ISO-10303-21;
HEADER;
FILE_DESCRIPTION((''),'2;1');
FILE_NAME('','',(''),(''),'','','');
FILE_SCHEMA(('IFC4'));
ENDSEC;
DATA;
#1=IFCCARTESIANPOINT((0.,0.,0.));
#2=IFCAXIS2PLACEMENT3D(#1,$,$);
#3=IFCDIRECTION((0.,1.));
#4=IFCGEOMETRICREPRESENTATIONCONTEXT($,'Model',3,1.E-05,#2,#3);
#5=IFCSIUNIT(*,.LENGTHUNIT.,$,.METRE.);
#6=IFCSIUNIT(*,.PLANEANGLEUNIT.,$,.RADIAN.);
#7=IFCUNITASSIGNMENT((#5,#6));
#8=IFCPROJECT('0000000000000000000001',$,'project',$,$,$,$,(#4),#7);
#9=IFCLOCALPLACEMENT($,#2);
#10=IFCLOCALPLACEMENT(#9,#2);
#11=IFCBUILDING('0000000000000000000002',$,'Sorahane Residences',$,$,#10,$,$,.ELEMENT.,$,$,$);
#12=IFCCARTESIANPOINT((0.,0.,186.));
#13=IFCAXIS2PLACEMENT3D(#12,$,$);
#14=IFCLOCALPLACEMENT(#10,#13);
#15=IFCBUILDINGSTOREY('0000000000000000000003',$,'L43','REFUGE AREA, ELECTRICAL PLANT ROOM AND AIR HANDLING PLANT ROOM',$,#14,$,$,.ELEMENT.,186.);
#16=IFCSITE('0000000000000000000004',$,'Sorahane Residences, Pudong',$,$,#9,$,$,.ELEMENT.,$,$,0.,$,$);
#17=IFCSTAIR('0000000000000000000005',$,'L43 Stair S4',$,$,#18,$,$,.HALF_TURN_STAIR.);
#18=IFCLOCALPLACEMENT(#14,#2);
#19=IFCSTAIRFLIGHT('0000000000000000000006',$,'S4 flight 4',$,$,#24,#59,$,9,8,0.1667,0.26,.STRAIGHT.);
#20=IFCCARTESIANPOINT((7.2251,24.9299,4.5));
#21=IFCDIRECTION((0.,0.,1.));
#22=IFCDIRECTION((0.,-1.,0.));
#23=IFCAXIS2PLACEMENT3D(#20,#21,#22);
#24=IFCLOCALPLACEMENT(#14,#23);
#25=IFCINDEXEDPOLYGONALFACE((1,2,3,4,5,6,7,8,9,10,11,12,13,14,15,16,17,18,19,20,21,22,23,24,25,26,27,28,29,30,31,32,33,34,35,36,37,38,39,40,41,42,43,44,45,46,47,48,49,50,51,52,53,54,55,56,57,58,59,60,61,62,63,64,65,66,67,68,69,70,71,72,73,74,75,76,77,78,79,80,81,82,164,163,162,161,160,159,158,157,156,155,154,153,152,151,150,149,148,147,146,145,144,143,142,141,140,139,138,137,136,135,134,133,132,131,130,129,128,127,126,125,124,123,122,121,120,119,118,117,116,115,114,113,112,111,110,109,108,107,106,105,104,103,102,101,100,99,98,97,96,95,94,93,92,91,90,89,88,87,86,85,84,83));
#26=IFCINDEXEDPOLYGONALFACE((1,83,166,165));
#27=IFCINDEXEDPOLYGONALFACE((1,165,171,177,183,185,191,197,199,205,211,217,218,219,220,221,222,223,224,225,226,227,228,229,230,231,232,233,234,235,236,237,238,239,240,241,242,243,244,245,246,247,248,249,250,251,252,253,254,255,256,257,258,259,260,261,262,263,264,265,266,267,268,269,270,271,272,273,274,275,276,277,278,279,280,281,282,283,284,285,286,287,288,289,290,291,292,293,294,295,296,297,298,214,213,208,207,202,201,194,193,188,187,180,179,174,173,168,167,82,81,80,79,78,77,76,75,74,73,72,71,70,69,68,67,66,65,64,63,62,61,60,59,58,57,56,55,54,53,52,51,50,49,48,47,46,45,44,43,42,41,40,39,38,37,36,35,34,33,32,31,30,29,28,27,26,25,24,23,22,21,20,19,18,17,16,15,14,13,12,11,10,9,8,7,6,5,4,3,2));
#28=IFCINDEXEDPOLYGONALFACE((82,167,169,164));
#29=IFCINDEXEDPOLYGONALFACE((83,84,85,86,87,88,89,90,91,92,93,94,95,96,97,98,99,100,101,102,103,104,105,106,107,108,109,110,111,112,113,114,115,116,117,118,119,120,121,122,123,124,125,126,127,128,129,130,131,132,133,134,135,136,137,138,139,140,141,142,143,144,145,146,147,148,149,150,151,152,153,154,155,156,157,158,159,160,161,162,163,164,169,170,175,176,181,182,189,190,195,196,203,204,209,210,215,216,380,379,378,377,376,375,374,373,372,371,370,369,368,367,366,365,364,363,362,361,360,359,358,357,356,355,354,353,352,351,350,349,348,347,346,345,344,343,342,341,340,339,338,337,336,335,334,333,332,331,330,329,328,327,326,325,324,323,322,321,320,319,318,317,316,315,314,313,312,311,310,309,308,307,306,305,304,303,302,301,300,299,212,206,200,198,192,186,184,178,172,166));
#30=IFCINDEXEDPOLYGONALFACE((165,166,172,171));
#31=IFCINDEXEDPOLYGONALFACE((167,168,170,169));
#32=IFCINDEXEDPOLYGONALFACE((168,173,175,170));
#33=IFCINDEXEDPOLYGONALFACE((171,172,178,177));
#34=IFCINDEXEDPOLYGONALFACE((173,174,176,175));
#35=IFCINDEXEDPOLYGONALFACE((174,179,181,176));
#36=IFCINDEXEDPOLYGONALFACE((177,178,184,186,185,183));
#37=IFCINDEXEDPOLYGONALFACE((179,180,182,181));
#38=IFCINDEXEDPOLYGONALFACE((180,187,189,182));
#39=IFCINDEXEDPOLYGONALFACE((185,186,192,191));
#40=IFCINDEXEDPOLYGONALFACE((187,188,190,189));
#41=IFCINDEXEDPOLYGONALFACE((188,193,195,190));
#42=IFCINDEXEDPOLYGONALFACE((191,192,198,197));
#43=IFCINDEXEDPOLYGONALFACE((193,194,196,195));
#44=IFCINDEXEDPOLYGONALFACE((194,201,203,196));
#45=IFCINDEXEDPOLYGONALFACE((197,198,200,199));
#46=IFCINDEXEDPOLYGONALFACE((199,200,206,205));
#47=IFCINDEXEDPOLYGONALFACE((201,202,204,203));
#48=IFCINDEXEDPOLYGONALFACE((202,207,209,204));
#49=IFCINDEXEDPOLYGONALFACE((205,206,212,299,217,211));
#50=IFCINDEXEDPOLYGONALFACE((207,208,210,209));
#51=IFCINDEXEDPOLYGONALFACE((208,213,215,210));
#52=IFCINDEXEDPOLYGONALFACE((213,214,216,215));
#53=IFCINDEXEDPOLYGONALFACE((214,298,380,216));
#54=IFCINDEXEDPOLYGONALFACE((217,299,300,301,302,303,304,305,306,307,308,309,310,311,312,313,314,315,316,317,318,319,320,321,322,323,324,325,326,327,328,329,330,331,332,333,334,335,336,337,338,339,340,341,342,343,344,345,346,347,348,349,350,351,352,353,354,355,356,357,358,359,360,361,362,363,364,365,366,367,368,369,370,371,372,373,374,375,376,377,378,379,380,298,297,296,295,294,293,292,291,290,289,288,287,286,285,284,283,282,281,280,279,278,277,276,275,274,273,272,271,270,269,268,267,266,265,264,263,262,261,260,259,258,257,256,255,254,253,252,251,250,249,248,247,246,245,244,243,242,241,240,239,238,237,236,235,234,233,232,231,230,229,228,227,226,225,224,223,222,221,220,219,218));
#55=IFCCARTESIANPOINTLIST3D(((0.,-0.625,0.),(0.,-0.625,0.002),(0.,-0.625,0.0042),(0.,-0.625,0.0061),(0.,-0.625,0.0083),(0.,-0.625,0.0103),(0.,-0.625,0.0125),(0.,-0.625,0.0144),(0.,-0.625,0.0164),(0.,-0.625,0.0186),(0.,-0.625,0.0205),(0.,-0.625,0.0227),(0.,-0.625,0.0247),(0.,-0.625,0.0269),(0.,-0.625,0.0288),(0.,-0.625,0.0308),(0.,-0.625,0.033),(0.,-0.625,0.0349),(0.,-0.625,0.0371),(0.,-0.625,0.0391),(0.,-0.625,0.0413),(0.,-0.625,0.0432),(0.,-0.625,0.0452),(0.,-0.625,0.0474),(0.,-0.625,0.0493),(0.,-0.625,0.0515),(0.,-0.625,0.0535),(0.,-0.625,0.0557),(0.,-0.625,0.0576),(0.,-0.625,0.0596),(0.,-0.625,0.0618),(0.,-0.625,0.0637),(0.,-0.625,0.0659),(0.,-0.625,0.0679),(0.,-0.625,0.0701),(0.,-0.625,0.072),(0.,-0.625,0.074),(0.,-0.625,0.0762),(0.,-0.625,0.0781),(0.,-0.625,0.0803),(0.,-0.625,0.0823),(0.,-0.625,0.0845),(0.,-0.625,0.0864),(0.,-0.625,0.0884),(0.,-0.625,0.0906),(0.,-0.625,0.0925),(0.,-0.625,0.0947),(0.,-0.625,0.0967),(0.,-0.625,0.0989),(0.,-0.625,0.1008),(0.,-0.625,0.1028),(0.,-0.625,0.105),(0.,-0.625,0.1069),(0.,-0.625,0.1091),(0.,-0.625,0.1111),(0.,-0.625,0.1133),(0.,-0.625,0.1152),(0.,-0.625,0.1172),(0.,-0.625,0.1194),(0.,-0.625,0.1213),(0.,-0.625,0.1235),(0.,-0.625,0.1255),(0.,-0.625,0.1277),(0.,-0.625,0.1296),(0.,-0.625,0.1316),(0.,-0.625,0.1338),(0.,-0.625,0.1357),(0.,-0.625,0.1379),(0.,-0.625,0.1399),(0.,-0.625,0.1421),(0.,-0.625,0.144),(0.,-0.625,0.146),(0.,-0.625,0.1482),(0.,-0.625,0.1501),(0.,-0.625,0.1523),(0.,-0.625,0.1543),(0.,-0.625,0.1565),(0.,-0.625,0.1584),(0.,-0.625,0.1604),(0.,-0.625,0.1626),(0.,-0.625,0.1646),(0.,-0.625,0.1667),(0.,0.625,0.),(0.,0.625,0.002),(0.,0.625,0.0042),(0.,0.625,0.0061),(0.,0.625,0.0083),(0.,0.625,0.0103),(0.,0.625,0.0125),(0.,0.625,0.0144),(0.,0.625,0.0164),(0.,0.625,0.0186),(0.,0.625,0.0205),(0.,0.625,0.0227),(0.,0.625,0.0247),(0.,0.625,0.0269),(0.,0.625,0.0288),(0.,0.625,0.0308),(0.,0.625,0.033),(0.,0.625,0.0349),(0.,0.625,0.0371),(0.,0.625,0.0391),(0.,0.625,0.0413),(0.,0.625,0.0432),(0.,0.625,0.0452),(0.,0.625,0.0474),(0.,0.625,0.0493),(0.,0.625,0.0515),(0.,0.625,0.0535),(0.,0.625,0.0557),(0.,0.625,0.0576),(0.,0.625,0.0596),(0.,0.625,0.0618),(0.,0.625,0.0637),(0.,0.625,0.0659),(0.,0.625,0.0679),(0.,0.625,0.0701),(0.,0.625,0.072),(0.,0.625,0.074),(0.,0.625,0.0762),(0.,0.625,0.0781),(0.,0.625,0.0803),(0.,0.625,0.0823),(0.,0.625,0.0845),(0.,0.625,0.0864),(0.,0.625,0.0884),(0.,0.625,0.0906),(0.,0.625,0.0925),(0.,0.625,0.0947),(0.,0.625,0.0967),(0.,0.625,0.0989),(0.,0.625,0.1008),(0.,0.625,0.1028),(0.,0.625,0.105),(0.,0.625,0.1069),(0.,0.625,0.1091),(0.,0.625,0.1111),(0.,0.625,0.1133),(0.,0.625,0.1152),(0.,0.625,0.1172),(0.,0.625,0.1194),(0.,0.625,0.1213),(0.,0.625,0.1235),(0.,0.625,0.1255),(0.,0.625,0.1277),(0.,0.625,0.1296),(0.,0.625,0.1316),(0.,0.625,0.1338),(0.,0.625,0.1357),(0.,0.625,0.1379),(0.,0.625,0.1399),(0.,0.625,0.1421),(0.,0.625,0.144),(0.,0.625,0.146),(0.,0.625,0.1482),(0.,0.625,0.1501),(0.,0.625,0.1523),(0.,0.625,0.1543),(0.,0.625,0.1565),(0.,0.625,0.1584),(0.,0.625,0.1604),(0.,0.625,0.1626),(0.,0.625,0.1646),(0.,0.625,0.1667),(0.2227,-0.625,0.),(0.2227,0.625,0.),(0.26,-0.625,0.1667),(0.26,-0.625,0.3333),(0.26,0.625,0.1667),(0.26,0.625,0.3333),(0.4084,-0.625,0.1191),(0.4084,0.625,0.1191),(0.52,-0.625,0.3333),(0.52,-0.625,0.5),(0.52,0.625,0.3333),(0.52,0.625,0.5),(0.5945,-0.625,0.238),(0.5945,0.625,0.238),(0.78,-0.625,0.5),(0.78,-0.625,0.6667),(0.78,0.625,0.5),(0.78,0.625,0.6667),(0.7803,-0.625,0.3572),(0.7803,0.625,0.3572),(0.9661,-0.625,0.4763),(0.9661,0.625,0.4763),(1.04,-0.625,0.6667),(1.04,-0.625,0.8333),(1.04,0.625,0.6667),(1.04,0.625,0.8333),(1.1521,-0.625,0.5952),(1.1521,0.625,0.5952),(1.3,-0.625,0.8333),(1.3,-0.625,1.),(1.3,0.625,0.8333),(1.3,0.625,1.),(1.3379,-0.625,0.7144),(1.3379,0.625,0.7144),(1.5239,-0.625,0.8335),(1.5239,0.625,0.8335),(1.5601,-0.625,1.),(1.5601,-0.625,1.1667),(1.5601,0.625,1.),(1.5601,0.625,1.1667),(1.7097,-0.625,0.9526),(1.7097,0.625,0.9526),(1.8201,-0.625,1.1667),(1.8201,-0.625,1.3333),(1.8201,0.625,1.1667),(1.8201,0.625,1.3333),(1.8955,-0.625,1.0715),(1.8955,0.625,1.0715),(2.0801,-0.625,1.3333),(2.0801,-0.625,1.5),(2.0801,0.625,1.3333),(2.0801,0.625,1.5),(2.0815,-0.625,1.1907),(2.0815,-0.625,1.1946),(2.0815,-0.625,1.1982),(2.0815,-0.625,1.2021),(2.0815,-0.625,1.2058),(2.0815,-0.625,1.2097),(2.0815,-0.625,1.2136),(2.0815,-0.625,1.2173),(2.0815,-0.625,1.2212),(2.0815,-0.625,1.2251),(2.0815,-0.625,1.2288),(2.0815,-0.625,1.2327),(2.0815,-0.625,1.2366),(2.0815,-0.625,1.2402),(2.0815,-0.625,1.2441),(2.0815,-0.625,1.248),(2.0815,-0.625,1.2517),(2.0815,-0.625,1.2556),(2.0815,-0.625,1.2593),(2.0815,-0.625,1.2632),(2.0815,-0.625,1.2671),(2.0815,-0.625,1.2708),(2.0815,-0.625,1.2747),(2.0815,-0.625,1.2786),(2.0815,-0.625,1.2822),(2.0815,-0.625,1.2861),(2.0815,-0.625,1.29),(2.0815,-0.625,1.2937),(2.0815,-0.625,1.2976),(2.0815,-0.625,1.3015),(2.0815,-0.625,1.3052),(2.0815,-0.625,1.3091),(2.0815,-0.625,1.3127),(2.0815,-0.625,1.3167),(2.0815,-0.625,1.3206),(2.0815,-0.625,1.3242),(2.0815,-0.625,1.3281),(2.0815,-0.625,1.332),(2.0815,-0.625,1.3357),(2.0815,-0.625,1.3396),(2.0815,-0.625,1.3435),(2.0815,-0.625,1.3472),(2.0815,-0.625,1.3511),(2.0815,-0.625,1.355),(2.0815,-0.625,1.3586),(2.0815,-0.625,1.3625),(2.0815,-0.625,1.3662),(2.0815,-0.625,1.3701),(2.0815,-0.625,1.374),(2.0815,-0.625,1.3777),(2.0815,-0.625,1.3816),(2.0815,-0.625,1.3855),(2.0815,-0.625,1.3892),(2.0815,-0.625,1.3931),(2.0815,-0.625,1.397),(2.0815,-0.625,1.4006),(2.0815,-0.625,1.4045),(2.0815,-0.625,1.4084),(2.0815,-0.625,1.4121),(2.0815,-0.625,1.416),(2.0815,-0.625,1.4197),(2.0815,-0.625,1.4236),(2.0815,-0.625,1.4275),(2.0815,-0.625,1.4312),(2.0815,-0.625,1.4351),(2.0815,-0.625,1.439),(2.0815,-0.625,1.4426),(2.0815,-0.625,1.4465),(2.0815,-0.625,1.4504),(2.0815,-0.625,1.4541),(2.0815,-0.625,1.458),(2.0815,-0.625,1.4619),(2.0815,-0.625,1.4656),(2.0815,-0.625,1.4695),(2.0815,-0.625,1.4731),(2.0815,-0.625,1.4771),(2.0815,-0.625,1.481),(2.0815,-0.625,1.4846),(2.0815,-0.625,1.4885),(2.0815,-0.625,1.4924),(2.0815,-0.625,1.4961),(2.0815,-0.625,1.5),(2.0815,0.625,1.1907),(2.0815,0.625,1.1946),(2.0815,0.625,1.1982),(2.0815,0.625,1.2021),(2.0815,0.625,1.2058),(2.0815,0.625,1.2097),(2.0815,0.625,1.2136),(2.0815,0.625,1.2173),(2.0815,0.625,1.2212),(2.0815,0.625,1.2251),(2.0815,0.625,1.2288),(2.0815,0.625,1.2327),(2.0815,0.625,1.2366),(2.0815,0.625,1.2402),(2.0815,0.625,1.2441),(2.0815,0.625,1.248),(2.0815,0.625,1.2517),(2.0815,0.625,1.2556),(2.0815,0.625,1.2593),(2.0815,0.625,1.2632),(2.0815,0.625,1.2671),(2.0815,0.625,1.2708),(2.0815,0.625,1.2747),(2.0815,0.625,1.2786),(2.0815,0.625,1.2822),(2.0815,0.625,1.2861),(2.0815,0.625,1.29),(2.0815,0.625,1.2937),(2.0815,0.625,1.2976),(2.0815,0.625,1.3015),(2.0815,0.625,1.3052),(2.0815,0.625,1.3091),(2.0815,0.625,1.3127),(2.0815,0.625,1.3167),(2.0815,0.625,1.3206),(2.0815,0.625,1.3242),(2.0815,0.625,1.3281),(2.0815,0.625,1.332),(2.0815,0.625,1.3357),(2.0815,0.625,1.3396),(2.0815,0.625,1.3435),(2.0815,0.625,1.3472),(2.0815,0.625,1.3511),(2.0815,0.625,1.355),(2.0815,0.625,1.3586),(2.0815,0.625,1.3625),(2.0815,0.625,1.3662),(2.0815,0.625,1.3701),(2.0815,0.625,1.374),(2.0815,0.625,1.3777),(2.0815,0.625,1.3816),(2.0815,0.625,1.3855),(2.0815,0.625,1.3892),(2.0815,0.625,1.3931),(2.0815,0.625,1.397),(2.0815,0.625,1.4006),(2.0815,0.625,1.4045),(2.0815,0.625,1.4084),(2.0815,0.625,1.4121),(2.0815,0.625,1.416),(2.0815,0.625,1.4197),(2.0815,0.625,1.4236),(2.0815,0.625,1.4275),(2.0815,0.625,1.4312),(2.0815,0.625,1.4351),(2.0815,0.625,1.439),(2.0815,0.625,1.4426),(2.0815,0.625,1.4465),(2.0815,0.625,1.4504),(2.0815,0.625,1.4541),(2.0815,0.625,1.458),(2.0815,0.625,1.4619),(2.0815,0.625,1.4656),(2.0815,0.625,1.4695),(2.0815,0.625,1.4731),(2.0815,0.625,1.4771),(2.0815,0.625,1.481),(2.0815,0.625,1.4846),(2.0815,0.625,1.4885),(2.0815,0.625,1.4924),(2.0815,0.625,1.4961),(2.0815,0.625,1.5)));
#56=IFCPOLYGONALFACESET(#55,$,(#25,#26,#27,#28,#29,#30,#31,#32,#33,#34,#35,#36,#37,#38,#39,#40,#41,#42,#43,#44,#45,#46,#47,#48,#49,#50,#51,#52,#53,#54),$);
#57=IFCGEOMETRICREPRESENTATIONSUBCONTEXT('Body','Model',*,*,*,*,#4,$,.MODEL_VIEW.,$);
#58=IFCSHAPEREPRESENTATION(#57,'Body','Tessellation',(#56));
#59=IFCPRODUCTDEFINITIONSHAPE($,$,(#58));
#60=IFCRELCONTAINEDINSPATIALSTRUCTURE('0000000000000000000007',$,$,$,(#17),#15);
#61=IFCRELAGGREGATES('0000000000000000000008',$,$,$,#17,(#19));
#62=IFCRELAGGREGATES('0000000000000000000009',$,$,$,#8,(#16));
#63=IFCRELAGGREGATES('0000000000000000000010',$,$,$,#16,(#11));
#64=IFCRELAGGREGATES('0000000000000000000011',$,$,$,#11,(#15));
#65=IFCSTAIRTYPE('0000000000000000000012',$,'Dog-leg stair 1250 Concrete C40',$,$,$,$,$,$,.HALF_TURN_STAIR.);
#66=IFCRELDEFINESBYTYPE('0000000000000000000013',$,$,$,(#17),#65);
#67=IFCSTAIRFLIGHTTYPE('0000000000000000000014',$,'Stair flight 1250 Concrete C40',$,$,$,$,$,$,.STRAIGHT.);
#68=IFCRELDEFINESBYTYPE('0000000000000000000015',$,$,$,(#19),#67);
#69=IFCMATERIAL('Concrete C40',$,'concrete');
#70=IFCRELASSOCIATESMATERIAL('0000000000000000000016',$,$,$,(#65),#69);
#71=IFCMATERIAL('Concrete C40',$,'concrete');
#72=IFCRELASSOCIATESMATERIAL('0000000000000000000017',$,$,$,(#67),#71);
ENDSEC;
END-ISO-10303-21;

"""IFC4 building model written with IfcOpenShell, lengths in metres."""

from ifc_helpers import new_model, si_unit, direction, frame, origin, place, context, subcontext, project, spatial, polyline, outline, extrude, material, type_object, element, aggregate, save


model = new_model("IFC4")

# Units and contexts
model_context = context("Model", 3, precision=1e-05, world=origin(), true_north=direction((0.0, 1.0)))
body_context = subcontext(model_context, "Body", "Model", "MODEL_VIEW")
ifc_project = project(units=[si_unit("LENGTHUNIT", "METRE"), si_unit("PLANEANGLEUNIT", "RADIAN")], contexts=[model_context])

# Site, building, storey
site_placement = place(None, origin())
site = spatial("IfcSite", under=ifc_project, at=site_placement, Name="Sorahane Residences, Pudong", CompositionType="ELEMENT", RefElevation=0.0)
building_placement = place(site_placement, origin())
building = spatial("IfcBuilding", under=site, at=building_placement, Name="Sorahane Residences", CompositionType="ELEMENT")
storey_placement = place(building_placement, frame((0.0, 0.0, 186.0)))
storey = spatial("IfcBuildingStorey", under=building, at=storey_placement, Name="L43", Description="REFUGE AREA, ELECTRICAL PLANT ROOM AND AIR HANDLING PLANT ROOM", CompositionType="ELEMENT", Elevation=186.0)

# Stair, stair flight
ifc_material_1 = material(Name="Concrete C40", Category="concrete")
stair_type = type_object("IfcStairType", Name="Dog-leg stair 1250 Concrete C40", PredefinedType="HALF_TURN_STAIR", material=ifc_material_1)
stair_placement = place(storey_placement, origin())
stair = element("IfcStair", 1, at=stair_placement, inside=storey, type_object=stair_type, Name="L43 Stair S4", PredefinedType="HALF_TURN_STAIR")
ifc_material_2 = material(Name="Concrete C40", Category="concrete")
stair_flight_type = type_object("IfcStairFlightType", Name="Stair flight 1250 Concrete C40", PredefinedType="STRAIGHT", material=ifc_material_2)
stair_flight_1_placement = place(storey_placement, frame((7.2251, 24.9299, 4.5), z_axis=(0.0, 0.0, 1.0), x_axis=(0.0, -1.0, 0.0)))
stair_flight_1 = element("IfcStairFlight", 2, at=stair_flight_1_placement, type_object=stair_flight_type, Name="S4 flight 4", NumberOfRisers=9, NumberOfTreads=8, PredefinedType="STRAIGHT", RiserHeight=0.1667, TreadLength=0.26, context=body_context, shape_type="SweptSolid", body=[
    extrude(outline(polyline([(0.0, 0.0), (0.0, 0.002), (0.0, 0.0042), (0.0, 0.0061), (0.0, 0.0083), (0.0, 0.0103), (0.0, 0.0125), (0.0, 0.0144), (0.0, 0.0164), (0.0, 0.0186), (0.0, 0.0205), (0.0, 0.0227), (0.0, 0.0247), (0.0, 0.0269), (0.0, 0.0288), (0.0, 0.0308), (0.0, 0.033), (0.0, 0.0349), (0.0, 0.0371), (0.0, 0.0391), (0.0, 0.0413), (0.0, 0.0432), (0.0, 0.0452), (0.0, 0.0474), (0.0, 0.0493), (0.0, 0.0515), (0.0, 0.0535), (0.0, 0.0557), (0.0, 0.0576), (0.0, 0.0596), (0.0, 0.0618), (0.0, 0.0637), (0.0, 0.0659), (0.0, 0.0679), (0.0, 0.0701), (0.0, 0.072), (0.0, 0.074), (0.0, 0.0762), (0.0, 0.0781), (0.0, 0.0803), (0.0, 0.0823), (0.0, 0.0845), (0.0, 0.0864), (0.0, 0.0884), (0.0, 0.0906), (0.0, 0.0925), (0.0, 0.0947), (0.0, 0.0967), (0.0, 0.0989), (0.0, 0.1008), (0.0, 0.1028), (0.0, 0.105), (0.0, 0.1069), (0.0, 0.1091), (0.0, 0.1111), (0.0, 0.1133), (0.0, 0.1152), (0.0, 0.1172), (0.0, 0.1194), (0.0, 0.1213), (0.0, 0.1235), (0.0, 0.1255), (0.0, 0.1277), (0.0, 0.1296), (0.0, 0.1316), (0.0, 0.1338), (0.0, 0.1357), (0.0, 0.1379), (0.0, 0.1399), (0.0, 0.1421), (0.0, 0.144), (0.0, 0.146), (0.0, 0.1482), (0.0, 0.1501), (0.0, 0.1523), (0.0, 0.1543), (0.0, 0.1565), (0.0, 0.1584), (0.0, 0.1604), (0.0, 0.1626), (0.0, 0.1646), (0.0, 0.1667), (0.26, 0.1667), (0.26, 0.3333), (0.52, 0.3333), (0.52, 0.5), (0.78, 0.5), (0.78, 0.6667), (1.04, 0.6667), (1.04, 0.8333), (1.3, 0.8333), (1.3, 1.0), (1.5601, 1.0), (1.5601, 1.1667), (1.8201, 1.1667), (1.8201, 1.3333), (2.0801, 1.3333), (2.0801, 1.5), (2.0815, 1.5), (2.0815, 1.4961), (2.0815, 1.4924), (2.0815, 1.4885), (2.0815, 1.4846), (2.0815, 1.481), (2.0815, 1.4771), (2.0815, 1.4731), (2.0815, 1.4695), (2.0815, 1.4656), (2.0815, 1.4619), (2.0815, 1.458), (2.0815, 1.4541), (2.0815, 1.4504), (2.0815, 1.4465), (2.0815, 1.4426), (2.0815, 1.439), (2.0815, 1.4351), (2.0815, 1.4312), (2.0815, 1.4275), (2.0815, 1.4236), (2.0815, 1.4197), (2.0815, 1.416), (2.0815, 1.4121), (2.0815, 1.4084), (2.0815, 1.4045), (2.0815, 1.4006), (2.0815, 1.397), (2.0815, 1.3931), (2.0815, 1.3892), (2.0815, 1.3855), (2.0815, 1.3816), (2.0815, 1.3777), (2.0815, 1.374), (2.0815, 1.3701), (2.0815, 1.3662), (2.0815, 1.3625), (2.0815, 1.3586), (2.0815, 1.355), (2.0815, 1.3511), (2.0815, 1.3472), (2.0815, 1.3435), (2.0815, 1.3396), (2.0815, 1.3357), (2.0815, 1.332), (2.0815, 1.3281), (2.0815, 1.3242), (2.0815, 1.3206), (2.0815, 1.3167), (2.0815, 1.3127), (2.0815, 1.3091), (2.0815, 1.3052), (2.0815, 1.3015), (2.0815, 1.2976), (2.0815, 1.2937), (2.0815, 1.29), (2.0815, 1.2861), (2.0815, 1.2822), (2.0815, 1.2786), (2.0815, 1.2747), (2.0815, 1.2708), (2.0815, 1.2671), (2.0815, 1.2632), (2.0815, 1.2593), (2.0815, 1.2556), (2.0815, 1.2517), (2.0815, 1.248), (2.0815, 1.2441), (2.0815, 1.2402), (2.0815, 1.2366), (2.0815, 1.2327), (2.0815, 1.2288), (2.0815, 1.2251), (2.0815, 1.2212), (2.0815, 1.2173), (2.0815, 1.2136), (2.0815, 1.2097), (2.0815, 1.2058), (2.0815, 1.2021), (2.0815, 1.1982), (2.0815, 1.1946), (2.0815, 1.1907), (1.8955, 1.0715), (1.7097, 0.9526), (1.5239, 0.8335), (1.3379, 0.7144), (1.1521, 0.5952), (0.9661, 0.4763), (0.7803, 0.3572), (0.5945, 0.238), (0.4084, 0.1191), (0.2227, 0.0), (0.0, 0.0)])), frame((0.0, 0.625, 0.0), z_axis=(0.0, -1.0, 0.0), x_axis=(1.0, 0.0, 0.0)), (0.0, 0.0, 1.0), 1.25),
])
aggregate(stair, [stair_flight_1])

save(model, "model.ifc")
